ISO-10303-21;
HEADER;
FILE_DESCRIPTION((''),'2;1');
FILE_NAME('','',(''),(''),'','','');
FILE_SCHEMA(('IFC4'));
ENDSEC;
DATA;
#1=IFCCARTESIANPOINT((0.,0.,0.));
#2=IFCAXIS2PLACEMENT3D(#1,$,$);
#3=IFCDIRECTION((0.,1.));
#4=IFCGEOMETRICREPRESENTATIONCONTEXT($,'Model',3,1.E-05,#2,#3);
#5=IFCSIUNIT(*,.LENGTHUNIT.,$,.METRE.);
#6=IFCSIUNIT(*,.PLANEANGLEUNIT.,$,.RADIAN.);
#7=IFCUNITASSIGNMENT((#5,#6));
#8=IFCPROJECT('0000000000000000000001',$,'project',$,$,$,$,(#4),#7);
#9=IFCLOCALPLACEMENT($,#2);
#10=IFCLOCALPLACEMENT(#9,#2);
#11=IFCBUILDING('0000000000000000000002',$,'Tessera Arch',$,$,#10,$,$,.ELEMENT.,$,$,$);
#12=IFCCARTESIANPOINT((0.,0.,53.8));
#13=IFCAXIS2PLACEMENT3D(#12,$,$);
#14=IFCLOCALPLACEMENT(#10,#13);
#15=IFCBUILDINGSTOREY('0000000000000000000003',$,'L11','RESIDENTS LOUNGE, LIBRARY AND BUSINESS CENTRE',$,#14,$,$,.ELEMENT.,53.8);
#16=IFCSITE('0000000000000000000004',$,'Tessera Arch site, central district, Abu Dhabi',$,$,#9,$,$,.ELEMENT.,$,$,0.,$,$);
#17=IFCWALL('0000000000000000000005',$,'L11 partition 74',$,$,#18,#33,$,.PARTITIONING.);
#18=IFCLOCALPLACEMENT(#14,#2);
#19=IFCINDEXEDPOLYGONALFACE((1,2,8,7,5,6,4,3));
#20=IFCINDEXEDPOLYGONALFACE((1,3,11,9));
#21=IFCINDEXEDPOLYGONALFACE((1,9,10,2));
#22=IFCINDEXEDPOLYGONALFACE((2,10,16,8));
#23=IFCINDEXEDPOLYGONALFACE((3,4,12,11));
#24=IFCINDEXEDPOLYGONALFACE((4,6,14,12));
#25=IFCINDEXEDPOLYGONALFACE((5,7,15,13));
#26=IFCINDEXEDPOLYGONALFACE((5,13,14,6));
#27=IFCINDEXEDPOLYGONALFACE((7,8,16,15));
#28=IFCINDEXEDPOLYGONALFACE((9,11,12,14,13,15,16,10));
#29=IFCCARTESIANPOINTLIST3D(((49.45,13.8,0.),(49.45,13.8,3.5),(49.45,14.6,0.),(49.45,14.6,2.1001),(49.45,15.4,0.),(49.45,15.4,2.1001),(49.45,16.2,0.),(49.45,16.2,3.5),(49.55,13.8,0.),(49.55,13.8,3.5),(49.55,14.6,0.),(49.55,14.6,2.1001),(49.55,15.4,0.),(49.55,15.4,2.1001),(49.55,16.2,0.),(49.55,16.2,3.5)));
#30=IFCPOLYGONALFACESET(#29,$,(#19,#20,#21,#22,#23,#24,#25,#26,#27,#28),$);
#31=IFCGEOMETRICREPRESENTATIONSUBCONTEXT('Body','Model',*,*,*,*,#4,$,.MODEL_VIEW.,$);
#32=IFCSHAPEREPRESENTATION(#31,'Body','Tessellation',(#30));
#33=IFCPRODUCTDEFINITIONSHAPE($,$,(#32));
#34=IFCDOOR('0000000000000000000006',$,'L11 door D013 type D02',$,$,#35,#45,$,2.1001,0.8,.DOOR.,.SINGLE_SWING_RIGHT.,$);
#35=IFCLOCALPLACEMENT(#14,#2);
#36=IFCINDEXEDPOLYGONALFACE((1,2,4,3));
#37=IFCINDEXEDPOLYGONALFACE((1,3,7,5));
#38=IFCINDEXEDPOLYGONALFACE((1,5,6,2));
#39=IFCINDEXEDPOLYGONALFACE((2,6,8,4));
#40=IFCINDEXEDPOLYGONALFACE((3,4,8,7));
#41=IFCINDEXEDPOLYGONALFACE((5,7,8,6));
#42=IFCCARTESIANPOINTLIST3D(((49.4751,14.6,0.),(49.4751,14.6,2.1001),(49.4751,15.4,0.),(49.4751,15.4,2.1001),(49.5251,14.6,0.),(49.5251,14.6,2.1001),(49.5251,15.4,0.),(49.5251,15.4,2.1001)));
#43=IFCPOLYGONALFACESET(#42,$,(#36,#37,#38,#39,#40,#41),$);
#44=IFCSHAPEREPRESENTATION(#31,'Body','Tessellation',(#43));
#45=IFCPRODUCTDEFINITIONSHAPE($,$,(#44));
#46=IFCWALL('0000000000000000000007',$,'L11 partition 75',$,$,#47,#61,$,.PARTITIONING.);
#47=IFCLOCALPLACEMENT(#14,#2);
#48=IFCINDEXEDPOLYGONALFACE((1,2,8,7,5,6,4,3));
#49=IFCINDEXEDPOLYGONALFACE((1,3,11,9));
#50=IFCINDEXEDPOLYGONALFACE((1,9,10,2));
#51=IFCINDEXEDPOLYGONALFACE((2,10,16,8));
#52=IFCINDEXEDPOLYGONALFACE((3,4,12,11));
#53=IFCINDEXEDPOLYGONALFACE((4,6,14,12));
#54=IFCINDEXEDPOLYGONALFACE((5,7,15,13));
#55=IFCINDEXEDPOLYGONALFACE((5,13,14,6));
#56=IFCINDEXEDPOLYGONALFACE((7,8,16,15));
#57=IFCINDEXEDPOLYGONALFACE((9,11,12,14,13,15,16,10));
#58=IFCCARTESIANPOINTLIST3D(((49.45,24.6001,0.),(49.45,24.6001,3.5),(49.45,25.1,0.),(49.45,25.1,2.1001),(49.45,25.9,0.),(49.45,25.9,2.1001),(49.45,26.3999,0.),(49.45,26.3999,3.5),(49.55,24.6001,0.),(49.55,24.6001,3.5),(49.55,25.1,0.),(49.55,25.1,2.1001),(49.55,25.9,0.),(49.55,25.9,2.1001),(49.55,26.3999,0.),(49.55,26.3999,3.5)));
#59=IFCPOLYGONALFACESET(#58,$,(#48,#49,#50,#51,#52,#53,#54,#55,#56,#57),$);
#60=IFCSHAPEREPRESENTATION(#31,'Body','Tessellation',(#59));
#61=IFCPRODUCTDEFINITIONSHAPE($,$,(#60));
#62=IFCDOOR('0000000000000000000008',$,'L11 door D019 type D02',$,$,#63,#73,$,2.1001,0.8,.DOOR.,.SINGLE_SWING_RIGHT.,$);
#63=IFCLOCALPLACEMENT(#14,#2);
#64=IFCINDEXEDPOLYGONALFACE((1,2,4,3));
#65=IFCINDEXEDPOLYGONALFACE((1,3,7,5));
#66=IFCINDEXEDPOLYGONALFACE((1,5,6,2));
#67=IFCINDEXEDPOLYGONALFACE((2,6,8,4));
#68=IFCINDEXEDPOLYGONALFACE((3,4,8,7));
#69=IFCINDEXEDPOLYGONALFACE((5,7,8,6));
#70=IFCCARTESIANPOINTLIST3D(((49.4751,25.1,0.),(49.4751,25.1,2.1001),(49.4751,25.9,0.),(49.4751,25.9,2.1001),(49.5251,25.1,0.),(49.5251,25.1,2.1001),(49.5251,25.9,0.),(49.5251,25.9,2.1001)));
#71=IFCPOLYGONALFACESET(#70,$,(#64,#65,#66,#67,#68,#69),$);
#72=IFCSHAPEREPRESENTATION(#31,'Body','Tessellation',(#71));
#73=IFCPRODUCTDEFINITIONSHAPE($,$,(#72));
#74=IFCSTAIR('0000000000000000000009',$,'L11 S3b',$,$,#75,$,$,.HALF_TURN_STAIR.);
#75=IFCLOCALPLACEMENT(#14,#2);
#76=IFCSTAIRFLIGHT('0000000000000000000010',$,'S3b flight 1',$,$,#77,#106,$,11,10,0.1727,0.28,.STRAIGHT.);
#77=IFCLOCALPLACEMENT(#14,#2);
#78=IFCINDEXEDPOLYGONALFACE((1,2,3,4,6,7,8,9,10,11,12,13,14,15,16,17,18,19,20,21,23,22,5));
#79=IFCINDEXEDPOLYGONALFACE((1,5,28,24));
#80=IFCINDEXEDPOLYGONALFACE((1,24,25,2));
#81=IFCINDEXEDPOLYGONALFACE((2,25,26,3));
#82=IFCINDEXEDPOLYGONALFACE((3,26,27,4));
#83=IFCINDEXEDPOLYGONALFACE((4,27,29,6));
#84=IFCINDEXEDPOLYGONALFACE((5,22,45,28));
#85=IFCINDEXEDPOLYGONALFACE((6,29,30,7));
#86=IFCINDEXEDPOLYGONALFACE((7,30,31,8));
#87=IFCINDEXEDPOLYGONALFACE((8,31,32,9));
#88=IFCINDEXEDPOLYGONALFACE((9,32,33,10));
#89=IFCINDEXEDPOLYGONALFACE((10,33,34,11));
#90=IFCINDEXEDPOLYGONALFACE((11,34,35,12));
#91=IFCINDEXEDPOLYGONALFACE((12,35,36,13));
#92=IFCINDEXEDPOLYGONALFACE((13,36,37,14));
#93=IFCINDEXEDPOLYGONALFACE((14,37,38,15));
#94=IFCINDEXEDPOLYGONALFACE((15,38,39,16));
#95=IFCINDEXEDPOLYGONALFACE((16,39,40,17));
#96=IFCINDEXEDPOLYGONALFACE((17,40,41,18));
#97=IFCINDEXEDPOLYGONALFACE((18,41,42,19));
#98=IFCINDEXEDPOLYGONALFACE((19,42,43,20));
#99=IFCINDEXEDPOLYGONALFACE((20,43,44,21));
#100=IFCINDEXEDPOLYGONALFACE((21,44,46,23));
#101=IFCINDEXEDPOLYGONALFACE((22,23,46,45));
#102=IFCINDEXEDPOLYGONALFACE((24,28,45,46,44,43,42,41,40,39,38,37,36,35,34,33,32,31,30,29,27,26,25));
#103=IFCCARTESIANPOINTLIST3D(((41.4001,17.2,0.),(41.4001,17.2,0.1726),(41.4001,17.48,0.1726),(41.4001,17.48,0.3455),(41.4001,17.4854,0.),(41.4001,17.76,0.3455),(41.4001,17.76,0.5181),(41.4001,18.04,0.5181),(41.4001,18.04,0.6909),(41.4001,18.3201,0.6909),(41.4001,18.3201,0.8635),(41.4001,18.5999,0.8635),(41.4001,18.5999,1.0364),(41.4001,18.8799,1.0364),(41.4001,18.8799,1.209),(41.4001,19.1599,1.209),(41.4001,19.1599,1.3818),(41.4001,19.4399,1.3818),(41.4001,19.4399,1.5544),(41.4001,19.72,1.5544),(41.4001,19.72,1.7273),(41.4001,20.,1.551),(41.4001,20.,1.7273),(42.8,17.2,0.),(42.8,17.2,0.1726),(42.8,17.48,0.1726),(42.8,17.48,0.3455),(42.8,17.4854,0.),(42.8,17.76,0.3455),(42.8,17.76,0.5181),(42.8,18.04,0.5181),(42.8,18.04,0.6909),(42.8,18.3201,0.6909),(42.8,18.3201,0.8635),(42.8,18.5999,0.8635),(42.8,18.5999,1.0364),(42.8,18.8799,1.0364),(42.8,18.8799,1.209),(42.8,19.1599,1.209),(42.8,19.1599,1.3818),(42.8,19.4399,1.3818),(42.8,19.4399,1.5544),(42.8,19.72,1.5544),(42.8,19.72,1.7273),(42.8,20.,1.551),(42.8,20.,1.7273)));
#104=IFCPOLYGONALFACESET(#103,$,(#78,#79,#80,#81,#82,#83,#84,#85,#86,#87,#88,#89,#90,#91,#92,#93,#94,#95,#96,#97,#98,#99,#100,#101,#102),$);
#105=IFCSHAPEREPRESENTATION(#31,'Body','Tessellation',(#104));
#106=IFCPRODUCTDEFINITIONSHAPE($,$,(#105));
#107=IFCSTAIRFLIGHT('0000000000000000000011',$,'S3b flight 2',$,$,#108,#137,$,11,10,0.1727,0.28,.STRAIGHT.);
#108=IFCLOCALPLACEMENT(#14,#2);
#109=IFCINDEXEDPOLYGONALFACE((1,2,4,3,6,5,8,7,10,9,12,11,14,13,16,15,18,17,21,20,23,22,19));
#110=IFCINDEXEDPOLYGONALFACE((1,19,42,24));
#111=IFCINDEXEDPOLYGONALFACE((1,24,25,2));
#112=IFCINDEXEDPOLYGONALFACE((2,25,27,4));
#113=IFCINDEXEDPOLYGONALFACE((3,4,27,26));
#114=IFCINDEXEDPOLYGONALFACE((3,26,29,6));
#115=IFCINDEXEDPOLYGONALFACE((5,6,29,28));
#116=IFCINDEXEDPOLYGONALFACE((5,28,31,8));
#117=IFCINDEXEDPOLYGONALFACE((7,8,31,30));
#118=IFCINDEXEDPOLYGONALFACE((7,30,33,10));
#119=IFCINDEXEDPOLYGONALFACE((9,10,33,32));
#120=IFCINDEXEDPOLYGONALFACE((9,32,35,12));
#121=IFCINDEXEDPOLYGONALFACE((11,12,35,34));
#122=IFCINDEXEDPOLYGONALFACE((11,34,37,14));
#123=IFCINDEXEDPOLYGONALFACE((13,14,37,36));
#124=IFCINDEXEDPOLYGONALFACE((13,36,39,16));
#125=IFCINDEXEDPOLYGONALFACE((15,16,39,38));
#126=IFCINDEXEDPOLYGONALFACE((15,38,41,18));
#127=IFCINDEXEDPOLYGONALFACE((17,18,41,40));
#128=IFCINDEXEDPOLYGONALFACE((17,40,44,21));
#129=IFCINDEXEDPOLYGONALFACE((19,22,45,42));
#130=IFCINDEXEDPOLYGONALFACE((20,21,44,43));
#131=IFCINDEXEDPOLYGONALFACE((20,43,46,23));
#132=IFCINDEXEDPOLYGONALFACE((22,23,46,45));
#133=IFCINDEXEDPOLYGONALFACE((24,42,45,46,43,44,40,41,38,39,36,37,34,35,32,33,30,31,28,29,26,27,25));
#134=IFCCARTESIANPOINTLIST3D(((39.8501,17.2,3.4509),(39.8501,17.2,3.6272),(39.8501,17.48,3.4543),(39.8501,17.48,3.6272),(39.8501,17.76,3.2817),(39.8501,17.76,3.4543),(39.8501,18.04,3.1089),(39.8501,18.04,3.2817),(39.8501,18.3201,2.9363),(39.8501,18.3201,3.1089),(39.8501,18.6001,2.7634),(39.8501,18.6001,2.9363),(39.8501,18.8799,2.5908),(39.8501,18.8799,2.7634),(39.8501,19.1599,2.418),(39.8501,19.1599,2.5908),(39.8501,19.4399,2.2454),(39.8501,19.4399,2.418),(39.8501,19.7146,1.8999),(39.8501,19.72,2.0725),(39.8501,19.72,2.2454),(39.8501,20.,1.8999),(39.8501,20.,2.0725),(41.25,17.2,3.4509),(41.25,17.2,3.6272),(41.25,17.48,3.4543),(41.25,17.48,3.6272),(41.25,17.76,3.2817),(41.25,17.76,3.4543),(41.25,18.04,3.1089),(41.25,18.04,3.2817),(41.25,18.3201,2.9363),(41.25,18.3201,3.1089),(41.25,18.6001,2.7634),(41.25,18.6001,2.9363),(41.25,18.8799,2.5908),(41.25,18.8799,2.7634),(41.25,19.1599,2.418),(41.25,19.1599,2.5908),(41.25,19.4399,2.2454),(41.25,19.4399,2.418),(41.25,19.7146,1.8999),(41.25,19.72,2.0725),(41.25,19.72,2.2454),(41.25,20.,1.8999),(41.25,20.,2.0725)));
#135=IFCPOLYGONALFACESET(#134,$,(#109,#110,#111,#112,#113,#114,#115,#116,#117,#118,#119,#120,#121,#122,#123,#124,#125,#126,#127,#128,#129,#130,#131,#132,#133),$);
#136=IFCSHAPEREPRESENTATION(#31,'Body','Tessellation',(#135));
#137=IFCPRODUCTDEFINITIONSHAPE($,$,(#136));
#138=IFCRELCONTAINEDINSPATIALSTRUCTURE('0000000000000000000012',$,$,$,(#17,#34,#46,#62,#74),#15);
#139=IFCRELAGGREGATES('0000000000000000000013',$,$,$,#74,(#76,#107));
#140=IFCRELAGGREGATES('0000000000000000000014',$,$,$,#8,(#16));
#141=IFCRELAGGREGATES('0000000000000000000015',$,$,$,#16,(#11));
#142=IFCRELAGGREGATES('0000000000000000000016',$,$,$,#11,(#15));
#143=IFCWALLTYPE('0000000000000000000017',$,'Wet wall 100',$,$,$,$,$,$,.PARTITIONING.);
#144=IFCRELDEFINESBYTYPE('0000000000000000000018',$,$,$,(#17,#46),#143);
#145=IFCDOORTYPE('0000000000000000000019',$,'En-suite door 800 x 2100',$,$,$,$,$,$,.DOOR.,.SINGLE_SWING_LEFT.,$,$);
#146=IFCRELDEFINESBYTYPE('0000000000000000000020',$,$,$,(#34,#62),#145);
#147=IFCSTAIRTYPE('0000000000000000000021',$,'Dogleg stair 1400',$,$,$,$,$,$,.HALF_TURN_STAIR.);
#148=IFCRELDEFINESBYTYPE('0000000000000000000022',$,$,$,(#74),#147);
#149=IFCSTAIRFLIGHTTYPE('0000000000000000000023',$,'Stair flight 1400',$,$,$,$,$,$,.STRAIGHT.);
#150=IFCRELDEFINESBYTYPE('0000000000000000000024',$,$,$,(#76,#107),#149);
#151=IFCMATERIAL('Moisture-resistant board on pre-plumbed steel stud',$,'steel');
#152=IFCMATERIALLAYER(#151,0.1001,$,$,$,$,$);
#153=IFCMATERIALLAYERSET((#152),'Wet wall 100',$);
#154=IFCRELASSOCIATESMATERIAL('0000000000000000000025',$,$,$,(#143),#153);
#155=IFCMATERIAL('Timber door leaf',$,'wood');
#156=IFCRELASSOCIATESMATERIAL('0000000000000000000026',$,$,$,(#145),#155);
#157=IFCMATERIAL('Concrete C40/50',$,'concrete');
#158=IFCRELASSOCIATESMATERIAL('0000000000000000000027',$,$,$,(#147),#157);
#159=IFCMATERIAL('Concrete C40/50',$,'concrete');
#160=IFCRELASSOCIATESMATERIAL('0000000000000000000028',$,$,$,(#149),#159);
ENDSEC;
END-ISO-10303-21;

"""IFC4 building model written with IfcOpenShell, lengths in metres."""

from ifc_helpers import new_model, si_unit, direction, frame, frame_2d, origin, place, context, subcontext, project, spatial, polyline, rectangle, outline, extrude, material, layer, layer_set, type_object, element, fill, aggregate, save


model = new_model("IFC4")

# Units and contexts
model_context = context("Model", 3, precision=1e-05, world=origin(), true_north=direction((0.0, 1.0)))
body_context = subcontext(model_context, "Body", "Model", "MODEL_VIEW")
ifc_project = project(units=[si_unit("LENGTHUNIT", "METRE"), si_unit("PLANEANGLEUNIT", "RADIAN")], contexts=[model_context])

# Site, building, storey
site_placement = place(None, origin())
site = spatial("IfcSite", under=ifc_project, at=site_placement, Name="Tessera Arch site, central district, Abu Dhabi", CompositionType="ELEMENT", RefElevation=0.0)
building_placement = place(site_placement, origin())
building = spatial("IfcBuilding", under=site, at=building_placement, Name="Tessera Arch", CompositionType="ELEMENT")
storey_placement = place(building_placement, frame((0.0, 0.0, 53.8)))
storey = spatial("IfcBuildingStorey", under=building, at=storey_placement, Name="L11", Description="RESIDENTS LOUNGE, LIBRARY AND BUSINESS CENTRE", CompositionType="ELEMENT", Elevation=53.8)

# Shared definitions
ifc_material_1 = material(Name="Moisture-resistant board on pre-plumbed steel stud", Category="steel")
ifc_layer_1 = layer(ifc_material_1, 0.1001)
ifc_layer_set_1 = layer_set([ifc_layer_1], Name="Wet wall 100")
wall_type_1 = type_object("IfcWallType", Name="Wet wall 100", PredefinedType="PARTITIONING", material=ifc_layer_set_1)

# Walls, openings, doors
wall_1_placement = place(storey_placement, frame((49.5, 13.8, 0.0), z_axis=(0.0, 0.0, 1.0), x_axis=(0.0, 1.0, 0.0)))
wall_1 = element("IfcWall", 1, at=wall_1_placement, inside=storey, type_object=wall_type_1, Name="L11 partition 74", PredefinedType="PARTITIONING", context=body_context, shape_type="SweptSolid", body=[
    extrude(rectangle(XDim=2.3999, YDim=0.1001, at=frame_2d((1.2, 0.0))), origin(), (0.0, 0.0, 1.0), 3.5),
])
opening_1_placement = place(wall_1_placement, frame((0.8, 0.0, 0.0)))
opening_1 = element("IfcOpeningElement", 2, at=opening_1_placement, cuts=wall_1, PredefinedType="OPENING", context=body_context, shape_type="SweptSolid", body=[
    extrude(rectangle(XDim=0.8, YDim=2.1001, at=frame_2d((0.3999, 1.05))), frame((0.0, 0.0601, 0.0), z_axis=(0.0, -1.0, 0.0), x_axis=(1.0, 0.0, 0.0)), (0.0, 0.0, 1.0), 0.1201),
])
ifc_material_2 = material(Name="Timber door leaf", Category="wood")
door_type_1 = type_object("IfcDoorType", Name="En-suite door 800 x 2100", OperationType="SINGLE_SWING_LEFT", PredefinedType="DOOR", material=ifc_material_2)
door_1_placement = place(opening_1_placement, origin())
door_1 = element("IfcDoor", 3, at=door_1_placement, inside=storey, type_object=door_type_1, Name="L11 door D013 type D02", OperationType="SINGLE_SWING_RIGHT", OverallHeight=2.1001, OverallWidth=0.8, PredefinedType="DOOR", context=body_context, shape_type="SweptSolid", body=[
    extrude(rectangle(XDim=0.8, YDim=2.1001, at=frame_2d((0.3999, 1.05))), frame((0.0, 0.0249, 0.0), z_axis=(0.0, -1.0, 0.0), x_axis=(1.0, 0.0, 0.0)), (0.0, 0.0, 1.0), 0.05),
])
fill(opening_1, door_1)
wall_2_placement = place(storey_placement, frame((49.5, 24.6001, 0.0), z_axis=(0.0, 0.0, 1.0), x_axis=(0.0, 1.0, 0.0)))
wall_2 = element("IfcWall", 4, at=wall_2_placement, inside=storey, type_object=wall_type_1, Name="L11 partition 75", PredefinedType="PARTITIONING", context=body_context, shape_type="SweptSolid", body=[
    extrude(rectangle(XDim=1.7998, YDim=0.1001, at=frame_2d((0.8999, 0.0))), origin(), (0.0, 0.0, 1.0), 3.5),
])
opening_2_placement = place(wall_2_placement, frame((0.5, 0.0, 0.0)))
opening_2 = element("IfcOpeningElement", 5, at=opening_2_placement, cuts=wall_2, PredefinedType="OPENING", context=body_context, shape_type="SweptSolid", body=[
    extrude(rectangle(XDim=0.8, YDim=2.1001, at=frame_2d((0.3999, 1.05))), frame((0.0, 0.0601, 0.0), z_axis=(0.0, -1.0, 0.0), x_axis=(1.0, 0.0, 0.0)), (0.0, 0.0, 1.0), 0.1201),
])
door_2_placement = place(opening_2_placement, origin())
door_2 = element("IfcDoor", 6, at=door_2_placement, inside=storey, type_object=door_type_1, Name="L11 door D019 type D02", OperationType="SINGLE_SWING_RIGHT", OverallHeight=2.1001, OverallWidth=0.8, PredefinedType="DOOR", context=body_context, shape_type="SweptSolid", body=[
    extrude(rectangle(XDim=0.8, YDim=2.1001, at=frame_2d((0.3999, 1.05))), frame((0.0, 0.0249, 0.0), z_axis=(0.0, -1.0, 0.0), x_axis=(1.0, 0.0, 0.0)), (0.0, 0.0, 1.0), 0.05),
])
fill(opening_2, door_2)

# Stair, stair flights
ifc_material_3 = material(Name="Concrete C40/50", Category="concrete")
stair_type = type_object("IfcStairType", Name="Dogleg stair 1400", PredefinedType="HALF_TURN_STAIR", material=ifc_material_3)
stair_placement = place(storey_placement, origin())
stair = element("IfcStair", 7, at=stair_placement, inside=storey, type_object=stair_type, Name="L11 S3b", PredefinedType="HALF_TURN_STAIR")
ifc_material_4 = material(Name="Concrete C40/50", Category="concrete")
stair_flight_type = type_object("IfcStairFlightType", Name="Stair flight 1400", PredefinedType="STRAIGHT", material=ifc_material_4)
stair_flight_1_placement = place(storey_placement, frame((42.1001, 17.2, 0.0), z_axis=(0.0, 0.0, 1.0), x_axis=(0.0, 1.0, 0.0)))
stair_flight_1 = element("IfcStairFlight", 8, at=stair_flight_1_placement, type_object=stair_flight_type, Name="S3b flight 1", NumberOfRisers=11, NumberOfTreads=10, PredefinedType="STRAIGHT", RiserHeight=0.1727, TreadLength=0.28, context=body_context, shape_type="SweptSolid", body=[
    extrude(outline(polyline([(0.0, 0.0), (0.0, 0.1726), (0.28, 0.1726), (0.28, 0.3455), (0.5601, 0.3455), (0.5601, 0.5181), (0.8401, 0.5181), (0.8401, 0.6909), (1.1201, 0.6909), (1.1201, 0.8635), (1.3999, 0.8635), (1.3999, 1.0364), (1.6799, 1.0364), (1.6799, 1.209), (1.96, 1.209), (1.96, 1.3818), (2.24, 1.3818), (2.24, 1.5544), (2.52, 1.5544), (2.52, 1.7273), (2.8, 1.7273), (2.8, 1.8999), (2.8, 1.551), (0.2854, 0.0), (0.0, 0.0)])), frame((0.0, 0.7, 0.0), z_axis=(0.0, -1.0, 0.0), x_axis=(1.0, 0.0, 0.0)), (0.0, 0.0, 1.0), 1.3999),
])
stair_flight_2_placement = place(storey_placement, frame((40.55, 20.0, 1.8999), z_axis=(0.0, 0.0, 1.0), x_axis=(0.0, -1.0, 0.0)))
stair_flight_2 = element("IfcStairFlight", 9, at=stair_flight_2_placement, type_object=stair_flight_type, Name="S3b flight 2", NumberOfRisers=11, NumberOfTreads=10, PredefinedType="STRAIGHT", RiserHeight=0.1727, TreadLength=0.28, context=body_context, shape_type="SweptSolid", body=[
    extrude(outline(polyline([(0.0, 0.0), (0.0, 0.1726), (0.28, 0.1726), (0.28, 0.3455), (0.5601, 0.3455), (0.5601, 0.5181), (0.8401, 0.5181), (0.8401, 0.6909), (1.1201, 0.6909), (1.1201, 0.8635), (1.3999, 0.8635), (1.3999, 1.0364), (1.6799, 1.0364), (1.6799, 1.209), (1.96, 1.209), (1.96, 1.3818), (2.24, 1.3818), (2.24, 1.5544), (2.52, 1.5544), (2.52, 1.7273), (2.8, 1.7273), (2.8, 1.8999), (2.8, 1.551), (0.2854, 0.0), (0.0, 0.0)])), frame((0.0, 0.7, 0.0), z_axis=(0.0, -1.0, 0.0), x_axis=(1.0, 0.0, 0.0)), (0.0, 0.0, 1.0), 1.3999),
])
aggregate(stair, [stair_flight_1, stair_flight_2])

save(model, "model.ifc")
